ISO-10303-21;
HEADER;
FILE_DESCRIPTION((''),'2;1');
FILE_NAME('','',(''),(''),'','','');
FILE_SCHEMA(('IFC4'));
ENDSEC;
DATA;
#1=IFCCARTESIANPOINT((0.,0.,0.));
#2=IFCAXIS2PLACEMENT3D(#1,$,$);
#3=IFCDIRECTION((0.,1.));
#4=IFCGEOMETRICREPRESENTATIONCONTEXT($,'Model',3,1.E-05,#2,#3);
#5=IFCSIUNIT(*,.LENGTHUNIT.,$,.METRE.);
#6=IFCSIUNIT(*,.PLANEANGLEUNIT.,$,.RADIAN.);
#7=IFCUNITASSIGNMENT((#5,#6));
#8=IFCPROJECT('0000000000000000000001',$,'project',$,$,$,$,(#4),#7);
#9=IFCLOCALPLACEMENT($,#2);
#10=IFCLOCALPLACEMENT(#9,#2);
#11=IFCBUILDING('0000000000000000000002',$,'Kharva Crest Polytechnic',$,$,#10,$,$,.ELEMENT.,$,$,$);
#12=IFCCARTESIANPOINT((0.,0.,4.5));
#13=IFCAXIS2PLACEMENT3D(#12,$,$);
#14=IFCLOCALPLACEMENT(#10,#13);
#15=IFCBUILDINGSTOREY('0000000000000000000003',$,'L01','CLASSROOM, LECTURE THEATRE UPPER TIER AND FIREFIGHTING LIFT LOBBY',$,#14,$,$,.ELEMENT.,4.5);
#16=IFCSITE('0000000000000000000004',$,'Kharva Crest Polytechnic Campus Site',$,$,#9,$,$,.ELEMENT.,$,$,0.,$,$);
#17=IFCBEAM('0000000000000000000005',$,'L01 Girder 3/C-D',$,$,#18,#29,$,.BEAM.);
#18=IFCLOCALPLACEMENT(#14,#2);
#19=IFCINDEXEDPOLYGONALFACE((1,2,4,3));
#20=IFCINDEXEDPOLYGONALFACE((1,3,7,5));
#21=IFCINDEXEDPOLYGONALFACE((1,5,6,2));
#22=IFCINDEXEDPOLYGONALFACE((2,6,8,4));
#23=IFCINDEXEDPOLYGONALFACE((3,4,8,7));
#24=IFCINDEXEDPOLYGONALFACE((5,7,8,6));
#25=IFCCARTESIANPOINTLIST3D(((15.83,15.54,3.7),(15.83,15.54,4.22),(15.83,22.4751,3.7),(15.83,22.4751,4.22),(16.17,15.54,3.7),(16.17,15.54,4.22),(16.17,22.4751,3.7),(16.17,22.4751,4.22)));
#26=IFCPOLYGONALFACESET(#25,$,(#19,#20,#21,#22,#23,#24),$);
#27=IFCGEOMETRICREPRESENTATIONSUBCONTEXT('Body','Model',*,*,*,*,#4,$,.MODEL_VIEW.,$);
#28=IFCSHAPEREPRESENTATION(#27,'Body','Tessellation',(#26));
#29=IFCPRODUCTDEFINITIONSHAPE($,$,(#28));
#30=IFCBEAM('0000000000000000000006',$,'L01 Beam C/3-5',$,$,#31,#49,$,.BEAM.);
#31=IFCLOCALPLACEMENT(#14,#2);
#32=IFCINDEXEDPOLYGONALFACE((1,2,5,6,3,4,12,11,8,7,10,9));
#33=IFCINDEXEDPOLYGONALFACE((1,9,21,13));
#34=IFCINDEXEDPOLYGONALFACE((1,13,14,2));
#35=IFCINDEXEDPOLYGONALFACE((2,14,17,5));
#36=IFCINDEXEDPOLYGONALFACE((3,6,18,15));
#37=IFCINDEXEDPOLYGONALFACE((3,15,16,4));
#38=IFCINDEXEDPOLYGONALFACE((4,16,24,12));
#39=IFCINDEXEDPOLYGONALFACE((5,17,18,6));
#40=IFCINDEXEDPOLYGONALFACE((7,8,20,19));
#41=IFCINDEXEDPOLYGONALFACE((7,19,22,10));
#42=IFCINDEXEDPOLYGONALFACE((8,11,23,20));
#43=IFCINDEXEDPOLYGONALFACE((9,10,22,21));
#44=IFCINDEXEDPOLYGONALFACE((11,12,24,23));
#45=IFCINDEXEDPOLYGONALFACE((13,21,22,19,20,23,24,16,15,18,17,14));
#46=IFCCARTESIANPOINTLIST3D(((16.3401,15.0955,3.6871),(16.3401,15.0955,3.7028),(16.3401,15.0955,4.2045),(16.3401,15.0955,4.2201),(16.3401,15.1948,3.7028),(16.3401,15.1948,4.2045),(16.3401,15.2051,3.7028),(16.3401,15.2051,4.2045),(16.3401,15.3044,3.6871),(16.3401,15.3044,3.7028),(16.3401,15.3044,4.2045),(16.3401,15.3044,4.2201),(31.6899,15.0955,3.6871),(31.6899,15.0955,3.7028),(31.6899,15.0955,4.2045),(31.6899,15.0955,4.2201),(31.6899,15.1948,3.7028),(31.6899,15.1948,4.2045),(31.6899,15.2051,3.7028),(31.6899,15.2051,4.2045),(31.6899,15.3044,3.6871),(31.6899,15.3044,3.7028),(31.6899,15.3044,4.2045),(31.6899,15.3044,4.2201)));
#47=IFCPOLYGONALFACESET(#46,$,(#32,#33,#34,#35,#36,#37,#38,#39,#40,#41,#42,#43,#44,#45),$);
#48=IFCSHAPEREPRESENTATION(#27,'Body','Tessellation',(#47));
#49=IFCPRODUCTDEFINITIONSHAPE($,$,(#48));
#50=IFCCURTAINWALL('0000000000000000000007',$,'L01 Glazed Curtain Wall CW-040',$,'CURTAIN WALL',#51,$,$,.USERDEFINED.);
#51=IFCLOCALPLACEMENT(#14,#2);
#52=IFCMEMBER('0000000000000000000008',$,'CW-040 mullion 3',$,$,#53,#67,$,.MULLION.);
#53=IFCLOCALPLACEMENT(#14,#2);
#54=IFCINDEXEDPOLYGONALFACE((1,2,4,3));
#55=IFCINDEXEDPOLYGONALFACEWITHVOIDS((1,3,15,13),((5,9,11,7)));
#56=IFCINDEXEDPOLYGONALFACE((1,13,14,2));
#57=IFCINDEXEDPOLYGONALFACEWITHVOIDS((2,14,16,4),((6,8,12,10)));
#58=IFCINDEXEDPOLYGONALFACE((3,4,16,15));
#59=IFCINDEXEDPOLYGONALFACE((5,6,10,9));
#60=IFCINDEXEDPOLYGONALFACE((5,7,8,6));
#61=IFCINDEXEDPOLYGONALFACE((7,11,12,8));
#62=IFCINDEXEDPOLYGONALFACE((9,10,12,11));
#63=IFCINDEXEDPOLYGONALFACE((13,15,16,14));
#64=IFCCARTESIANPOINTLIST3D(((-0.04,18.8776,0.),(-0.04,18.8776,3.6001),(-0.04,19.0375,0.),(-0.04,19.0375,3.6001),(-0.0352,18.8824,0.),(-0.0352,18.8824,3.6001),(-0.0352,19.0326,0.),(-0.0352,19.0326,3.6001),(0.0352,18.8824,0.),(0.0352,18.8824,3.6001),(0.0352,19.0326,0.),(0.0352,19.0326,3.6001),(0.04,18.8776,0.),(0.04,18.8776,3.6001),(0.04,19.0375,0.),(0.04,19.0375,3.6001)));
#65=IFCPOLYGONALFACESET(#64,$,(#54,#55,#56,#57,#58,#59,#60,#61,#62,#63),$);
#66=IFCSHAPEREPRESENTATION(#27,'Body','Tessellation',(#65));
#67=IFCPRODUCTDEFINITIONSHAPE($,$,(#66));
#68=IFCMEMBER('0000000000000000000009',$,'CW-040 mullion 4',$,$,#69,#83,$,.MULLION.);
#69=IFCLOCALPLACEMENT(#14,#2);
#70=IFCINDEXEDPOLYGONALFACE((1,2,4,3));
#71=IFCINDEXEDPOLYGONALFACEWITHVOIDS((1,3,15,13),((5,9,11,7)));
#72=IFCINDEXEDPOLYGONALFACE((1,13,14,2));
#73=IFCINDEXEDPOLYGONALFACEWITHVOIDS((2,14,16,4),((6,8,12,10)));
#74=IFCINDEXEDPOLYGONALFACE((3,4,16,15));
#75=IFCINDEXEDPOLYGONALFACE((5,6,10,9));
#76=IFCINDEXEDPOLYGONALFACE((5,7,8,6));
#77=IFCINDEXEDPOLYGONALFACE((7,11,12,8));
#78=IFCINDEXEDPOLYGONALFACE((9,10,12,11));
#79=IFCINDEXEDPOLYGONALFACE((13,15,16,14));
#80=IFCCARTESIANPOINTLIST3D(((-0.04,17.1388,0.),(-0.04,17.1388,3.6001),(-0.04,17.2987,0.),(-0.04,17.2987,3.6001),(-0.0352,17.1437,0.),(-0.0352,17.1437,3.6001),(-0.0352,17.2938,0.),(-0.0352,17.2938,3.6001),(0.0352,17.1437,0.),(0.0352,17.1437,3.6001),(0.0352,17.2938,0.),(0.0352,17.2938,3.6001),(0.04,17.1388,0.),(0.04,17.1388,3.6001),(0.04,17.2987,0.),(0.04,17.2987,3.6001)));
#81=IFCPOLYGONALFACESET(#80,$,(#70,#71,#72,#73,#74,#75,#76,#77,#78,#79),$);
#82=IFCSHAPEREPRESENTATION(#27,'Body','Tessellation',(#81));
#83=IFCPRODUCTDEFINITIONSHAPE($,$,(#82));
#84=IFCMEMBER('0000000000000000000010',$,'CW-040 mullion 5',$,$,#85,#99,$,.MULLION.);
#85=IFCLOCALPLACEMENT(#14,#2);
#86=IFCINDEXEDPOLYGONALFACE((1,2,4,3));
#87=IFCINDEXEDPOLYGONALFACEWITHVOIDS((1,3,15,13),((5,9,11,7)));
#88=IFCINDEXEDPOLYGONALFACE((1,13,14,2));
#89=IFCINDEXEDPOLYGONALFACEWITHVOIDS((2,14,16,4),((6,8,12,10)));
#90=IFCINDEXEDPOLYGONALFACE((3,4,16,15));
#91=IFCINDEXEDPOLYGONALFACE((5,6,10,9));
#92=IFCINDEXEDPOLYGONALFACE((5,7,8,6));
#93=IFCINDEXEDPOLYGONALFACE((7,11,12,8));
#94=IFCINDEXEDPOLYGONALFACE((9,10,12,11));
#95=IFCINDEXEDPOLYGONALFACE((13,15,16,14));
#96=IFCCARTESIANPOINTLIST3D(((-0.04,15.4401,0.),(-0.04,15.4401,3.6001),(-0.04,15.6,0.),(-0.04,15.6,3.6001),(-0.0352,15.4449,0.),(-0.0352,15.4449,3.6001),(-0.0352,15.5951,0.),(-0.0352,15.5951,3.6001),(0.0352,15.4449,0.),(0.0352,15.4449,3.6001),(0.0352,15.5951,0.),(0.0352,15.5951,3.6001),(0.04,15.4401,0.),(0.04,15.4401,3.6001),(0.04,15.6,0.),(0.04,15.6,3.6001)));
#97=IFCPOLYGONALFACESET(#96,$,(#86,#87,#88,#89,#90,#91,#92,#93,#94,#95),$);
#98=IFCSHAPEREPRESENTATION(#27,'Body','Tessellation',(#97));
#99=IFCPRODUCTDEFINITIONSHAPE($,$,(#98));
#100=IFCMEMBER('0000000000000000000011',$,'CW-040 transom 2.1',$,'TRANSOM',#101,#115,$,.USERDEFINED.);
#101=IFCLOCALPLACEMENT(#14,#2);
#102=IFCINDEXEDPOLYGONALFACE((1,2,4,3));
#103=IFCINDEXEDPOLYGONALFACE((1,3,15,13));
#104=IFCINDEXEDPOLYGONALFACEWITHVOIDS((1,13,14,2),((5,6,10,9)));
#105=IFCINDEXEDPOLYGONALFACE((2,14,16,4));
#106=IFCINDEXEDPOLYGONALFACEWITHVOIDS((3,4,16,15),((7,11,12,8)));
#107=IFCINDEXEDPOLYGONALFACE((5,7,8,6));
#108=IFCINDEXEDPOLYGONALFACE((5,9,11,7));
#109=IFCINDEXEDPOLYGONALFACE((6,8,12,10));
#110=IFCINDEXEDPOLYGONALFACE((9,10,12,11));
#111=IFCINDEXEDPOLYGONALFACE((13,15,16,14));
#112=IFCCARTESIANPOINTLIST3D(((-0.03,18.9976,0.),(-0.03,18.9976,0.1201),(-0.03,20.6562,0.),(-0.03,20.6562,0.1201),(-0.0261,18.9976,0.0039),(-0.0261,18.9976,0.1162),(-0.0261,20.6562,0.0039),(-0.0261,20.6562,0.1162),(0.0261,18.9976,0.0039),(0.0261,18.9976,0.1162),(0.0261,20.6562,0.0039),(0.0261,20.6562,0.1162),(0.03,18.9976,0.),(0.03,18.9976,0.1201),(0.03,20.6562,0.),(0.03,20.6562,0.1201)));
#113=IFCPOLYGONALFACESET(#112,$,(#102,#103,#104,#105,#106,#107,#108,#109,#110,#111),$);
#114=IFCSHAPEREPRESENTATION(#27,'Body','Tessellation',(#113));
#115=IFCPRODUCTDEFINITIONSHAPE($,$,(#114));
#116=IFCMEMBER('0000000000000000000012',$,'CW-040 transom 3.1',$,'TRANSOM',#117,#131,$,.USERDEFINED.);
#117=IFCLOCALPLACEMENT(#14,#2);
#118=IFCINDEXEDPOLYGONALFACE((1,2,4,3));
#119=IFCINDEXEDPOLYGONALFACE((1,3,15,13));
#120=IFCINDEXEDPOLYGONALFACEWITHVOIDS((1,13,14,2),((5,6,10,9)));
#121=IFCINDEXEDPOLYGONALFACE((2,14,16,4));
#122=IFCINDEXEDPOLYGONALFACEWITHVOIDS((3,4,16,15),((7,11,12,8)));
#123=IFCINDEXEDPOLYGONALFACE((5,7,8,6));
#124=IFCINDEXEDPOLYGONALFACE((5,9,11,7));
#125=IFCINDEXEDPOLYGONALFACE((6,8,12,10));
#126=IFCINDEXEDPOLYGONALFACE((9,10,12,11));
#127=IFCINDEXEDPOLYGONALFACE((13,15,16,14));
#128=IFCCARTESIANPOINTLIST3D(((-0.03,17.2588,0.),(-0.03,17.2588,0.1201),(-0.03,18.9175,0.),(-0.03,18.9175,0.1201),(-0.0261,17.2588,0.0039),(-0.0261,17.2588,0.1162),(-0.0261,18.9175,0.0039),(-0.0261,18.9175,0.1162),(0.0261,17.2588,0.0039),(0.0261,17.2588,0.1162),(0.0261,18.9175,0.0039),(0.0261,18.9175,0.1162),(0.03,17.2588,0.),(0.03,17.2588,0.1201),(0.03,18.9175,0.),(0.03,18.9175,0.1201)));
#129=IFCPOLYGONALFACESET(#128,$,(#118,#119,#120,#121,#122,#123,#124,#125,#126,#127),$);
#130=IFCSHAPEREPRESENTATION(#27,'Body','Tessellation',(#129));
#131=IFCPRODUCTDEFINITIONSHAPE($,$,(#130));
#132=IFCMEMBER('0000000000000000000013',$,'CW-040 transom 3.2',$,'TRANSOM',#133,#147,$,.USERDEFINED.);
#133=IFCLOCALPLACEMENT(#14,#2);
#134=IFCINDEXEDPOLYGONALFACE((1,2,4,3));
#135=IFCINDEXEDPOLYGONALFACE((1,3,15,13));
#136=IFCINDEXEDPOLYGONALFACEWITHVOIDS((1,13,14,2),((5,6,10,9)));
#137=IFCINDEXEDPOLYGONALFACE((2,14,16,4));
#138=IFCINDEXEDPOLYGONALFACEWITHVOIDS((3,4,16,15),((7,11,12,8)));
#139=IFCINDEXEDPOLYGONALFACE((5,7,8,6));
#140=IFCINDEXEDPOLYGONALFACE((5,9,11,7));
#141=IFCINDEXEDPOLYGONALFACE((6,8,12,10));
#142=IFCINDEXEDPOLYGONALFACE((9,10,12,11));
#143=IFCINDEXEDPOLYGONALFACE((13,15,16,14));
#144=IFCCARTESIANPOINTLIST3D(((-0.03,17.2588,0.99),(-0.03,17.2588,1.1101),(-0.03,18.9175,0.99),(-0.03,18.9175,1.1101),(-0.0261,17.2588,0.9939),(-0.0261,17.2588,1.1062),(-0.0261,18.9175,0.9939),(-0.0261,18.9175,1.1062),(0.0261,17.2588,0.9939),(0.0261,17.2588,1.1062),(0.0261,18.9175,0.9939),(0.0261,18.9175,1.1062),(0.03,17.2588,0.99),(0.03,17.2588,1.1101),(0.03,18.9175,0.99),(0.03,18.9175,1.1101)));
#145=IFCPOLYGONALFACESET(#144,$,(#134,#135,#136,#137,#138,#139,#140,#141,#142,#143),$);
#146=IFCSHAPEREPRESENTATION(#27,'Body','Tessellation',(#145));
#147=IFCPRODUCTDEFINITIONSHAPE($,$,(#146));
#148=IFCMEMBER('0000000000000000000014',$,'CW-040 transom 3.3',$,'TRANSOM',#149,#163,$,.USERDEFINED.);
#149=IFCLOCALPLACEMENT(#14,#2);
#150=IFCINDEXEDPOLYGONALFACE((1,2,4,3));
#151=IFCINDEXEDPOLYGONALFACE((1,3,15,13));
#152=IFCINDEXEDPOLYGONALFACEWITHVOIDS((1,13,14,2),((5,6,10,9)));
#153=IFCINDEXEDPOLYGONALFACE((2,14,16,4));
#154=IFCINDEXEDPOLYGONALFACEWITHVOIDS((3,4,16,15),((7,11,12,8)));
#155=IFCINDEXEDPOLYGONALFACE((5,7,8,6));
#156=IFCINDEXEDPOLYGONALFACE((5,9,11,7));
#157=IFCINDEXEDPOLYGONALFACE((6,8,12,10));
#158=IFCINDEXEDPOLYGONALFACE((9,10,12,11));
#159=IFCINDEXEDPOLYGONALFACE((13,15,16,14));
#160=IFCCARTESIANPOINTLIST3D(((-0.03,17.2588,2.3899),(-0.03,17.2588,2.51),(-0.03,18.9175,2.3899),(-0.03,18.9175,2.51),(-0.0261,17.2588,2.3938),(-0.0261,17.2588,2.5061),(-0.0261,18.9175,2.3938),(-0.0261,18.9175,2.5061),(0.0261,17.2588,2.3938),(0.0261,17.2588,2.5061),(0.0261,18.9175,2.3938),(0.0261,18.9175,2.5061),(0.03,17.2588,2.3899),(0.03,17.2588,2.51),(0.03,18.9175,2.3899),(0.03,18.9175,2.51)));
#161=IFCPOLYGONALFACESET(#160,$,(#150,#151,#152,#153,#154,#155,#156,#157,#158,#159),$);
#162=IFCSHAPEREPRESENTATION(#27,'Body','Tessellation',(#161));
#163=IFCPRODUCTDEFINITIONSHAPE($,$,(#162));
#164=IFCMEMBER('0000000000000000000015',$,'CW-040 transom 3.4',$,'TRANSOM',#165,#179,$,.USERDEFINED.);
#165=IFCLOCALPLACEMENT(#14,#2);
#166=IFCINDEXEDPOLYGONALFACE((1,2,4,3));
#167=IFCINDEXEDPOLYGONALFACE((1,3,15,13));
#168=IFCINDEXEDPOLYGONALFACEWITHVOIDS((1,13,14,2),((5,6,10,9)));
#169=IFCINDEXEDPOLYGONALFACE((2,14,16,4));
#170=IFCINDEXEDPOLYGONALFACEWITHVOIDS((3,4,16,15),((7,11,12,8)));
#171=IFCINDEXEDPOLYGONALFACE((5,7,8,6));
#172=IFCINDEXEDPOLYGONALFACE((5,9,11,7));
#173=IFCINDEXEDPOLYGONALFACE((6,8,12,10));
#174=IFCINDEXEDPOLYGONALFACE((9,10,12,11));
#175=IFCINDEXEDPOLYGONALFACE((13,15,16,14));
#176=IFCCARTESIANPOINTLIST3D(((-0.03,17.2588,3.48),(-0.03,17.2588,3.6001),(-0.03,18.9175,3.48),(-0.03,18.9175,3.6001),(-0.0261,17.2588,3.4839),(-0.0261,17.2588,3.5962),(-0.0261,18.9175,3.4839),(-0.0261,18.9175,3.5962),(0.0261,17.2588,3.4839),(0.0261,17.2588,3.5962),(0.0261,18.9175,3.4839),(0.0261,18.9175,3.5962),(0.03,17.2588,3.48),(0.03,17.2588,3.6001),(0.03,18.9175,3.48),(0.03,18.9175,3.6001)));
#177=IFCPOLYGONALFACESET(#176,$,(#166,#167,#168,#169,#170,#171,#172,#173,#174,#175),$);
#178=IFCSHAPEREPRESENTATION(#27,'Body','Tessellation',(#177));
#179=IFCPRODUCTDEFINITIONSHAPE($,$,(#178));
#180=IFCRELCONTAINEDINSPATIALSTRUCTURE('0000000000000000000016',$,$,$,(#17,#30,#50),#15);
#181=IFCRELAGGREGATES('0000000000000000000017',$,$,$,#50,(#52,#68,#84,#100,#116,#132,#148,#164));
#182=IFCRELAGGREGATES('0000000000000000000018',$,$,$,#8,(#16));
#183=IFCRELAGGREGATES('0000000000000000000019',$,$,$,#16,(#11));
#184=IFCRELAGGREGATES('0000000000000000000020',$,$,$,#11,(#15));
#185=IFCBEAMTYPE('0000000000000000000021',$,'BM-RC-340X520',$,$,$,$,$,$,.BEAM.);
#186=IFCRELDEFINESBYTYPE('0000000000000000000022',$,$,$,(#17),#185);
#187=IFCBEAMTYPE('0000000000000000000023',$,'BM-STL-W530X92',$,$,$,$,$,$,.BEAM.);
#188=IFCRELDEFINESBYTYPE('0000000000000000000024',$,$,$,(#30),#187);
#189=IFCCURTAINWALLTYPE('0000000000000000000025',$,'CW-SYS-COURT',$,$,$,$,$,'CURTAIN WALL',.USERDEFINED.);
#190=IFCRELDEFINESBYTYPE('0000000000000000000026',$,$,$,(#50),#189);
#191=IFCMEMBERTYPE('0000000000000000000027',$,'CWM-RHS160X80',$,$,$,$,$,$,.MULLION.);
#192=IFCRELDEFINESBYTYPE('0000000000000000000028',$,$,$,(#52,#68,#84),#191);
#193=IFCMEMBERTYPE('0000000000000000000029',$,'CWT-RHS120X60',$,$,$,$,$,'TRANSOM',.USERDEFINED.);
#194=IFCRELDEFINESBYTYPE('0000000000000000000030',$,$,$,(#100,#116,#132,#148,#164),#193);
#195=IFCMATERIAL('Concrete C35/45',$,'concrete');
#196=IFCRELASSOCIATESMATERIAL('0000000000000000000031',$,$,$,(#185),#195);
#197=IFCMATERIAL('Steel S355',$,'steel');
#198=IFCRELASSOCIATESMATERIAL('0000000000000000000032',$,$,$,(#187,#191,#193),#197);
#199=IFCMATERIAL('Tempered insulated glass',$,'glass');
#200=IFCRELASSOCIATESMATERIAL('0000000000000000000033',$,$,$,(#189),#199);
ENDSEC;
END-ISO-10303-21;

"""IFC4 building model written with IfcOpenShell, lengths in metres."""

from ifc_helpers import new_model, si_unit, direction, frame, origin, origin_2d, place, context, subcontext, project, spatial, rectangle, hollow_rectangle, i_section, extrude, material, material_profile, profile_set, type_object, element, aggregate, save


model = new_model("IFC4")

# Units and contexts
model_context = context("Model", 3, precision=1e-05, world=origin(), true_north=direction((0.0, 1.0)))
body_context = subcontext(model_context, "Body", "Model", "MODEL_VIEW")
ifc_project = project(units=[si_unit("LENGTHUNIT", "METRE"), si_unit("PLANEANGLEUNIT", "RADIAN")], contexts=[model_context])

# Site, building, storey
site_placement = place(None, origin())
site = spatial("IfcSite", under=ifc_project, at=site_placement, Name="Kharva Crest Polytechnic Campus Site", CompositionType="ELEMENT", RefElevation=0.0)
building_placement = place(site_placement, origin())
building = spatial("IfcBuilding", under=site, at=building_placement, Name="Kharva Crest Polytechnic", CompositionType="ELEMENT")
storey_placement = place(building_placement, frame((0.0, 0.0, 4.5)))
storey = spatial("IfcBuildingStorey", under=building, at=storey_placement, Name="L01", Description="CLASSROOM, LECTURE THEATRE UPPER TIER AND FIREFIGHTING LIFT LOBBY", CompositionType="ELEMENT", Elevation=4.5)

# Beams
ifc_material_1 = material(Name="Concrete C35/45", Category="concrete")
ifc_material_profile_1 = material_profile(ifc_material_1, rectangle(XDim=0.3401, YDim=0.52, at=origin_2d()), Name="RECT 340 X 520")
ifc_profile_set_1 = profile_set([ifc_material_profile_1], Name="Concrete C35/45")
beam_type_1 = type_object("IfcBeamType", Name="BM-RC-340X520", PredefinedType="BEAM", material=ifc_profile_set_1)
beam_1_placement = place(storey_placement, frame((16.0, 15.54, 3.96), z_axis=(0.0, 1.0, 0.0), x_axis=(-1.0, 0.0, 0.0)))
element("IfcBeam", 1, at=beam_1_placement, inside=storey, type_object=beam_type_1, Name="L01 Girder 3/C-D", PredefinedType="BEAM", context=body_context, shape_type="SweptSolid", body=[
    extrude(rectangle(XDim=0.3401, YDim=0.52, at=origin_2d()), origin(), (0.0, 0.0, 1.0), 6.9351),
])
ifc_material_2 = material(Name="Steel S355", Category="steel")
ifc_material_profile_2 = material_profile(ifc_material_2, i_section(OverallWidth=0.209, OverallDepth=0.533, WebThickness=0.0103, FlangeThickness=0.0156, at=origin_2d()), Name="W530X92")
ifc_profile_set_2 = profile_set([ifc_material_profile_2], Name="Steel S355")
beam_type_2 = type_object("IfcBeamType", Name="BM-STL-W530X92", PredefinedType="BEAM", material=ifc_profile_set_2)
beam_2_placement = place(storey_placement, frame((16.3401, 15.2, 3.9536), z_axis=(1.0, 0.0, 0.0), x_axis=(0.0, 1.0, 0.0)))
element("IfcBeam", 2, at=beam_2_placement, inside=storey, type_object=beam_type_2, Name="L01 Beam C/3-5", PredefinedType="BEAM", context=body_context, shape_type="SweptSolid", body=[
    extrude(i_section(OverallWidth=0.209, OverallDepth=0.533, WebThickness=0.0103, FlangeThickness=0.0156, at=origin_2d()), origin(), (0.0, 0.0, 1.0), 15.3499),
])

# Curtain wall, members
ifc_material_3 = material(Name="Tempered insulated glass", Category="glass")
curtain_wall_type = type_object("IfcCurtainWallType", Name="CW-SYS-COURT", ElementType="CURTAIN WALL", PredefinedType="USERDEFINED", material=ifc_material_3)
curtain_wall_placement = place(storey_placement, origin())
curtain_wall = element("IfcCurtainWall", 3, at=curtain_wall_placement, inside=storey, type_object=curtain_wall_type, Name="L01 Glazed Curtain Wall CW-040", ObjectType="CURTAIN WALL", PredefinedType="USERDEFINED")
ifc_material_profile_3 = material_profile(ifc_material_2, hollow_rectangle(XDim=0.0801, YDim=0.1599, WallThickness=0.0049, at=origin_2d()), Name="RHS 160X80X5.0")
ifc_profile_set_3 = profile_set([ifc_material_profile_3], Name="Steel S355")
member_type_1 = type_object("IfcMemberType", Name="CWM-RHS160X80", PredefinedType="MULLION", material=ifc_profile_set_3)
member_1_placement = place(storey_placement, frame((0.0, 18.9575, 0.0), z_axis=(0.0, 0.0, 1.0), x_axis=(1.0, 0.0, 0.0)))
member_1 = element("IfcMember", 4, at=member_1_placement, type_object=member_type_1, Name="CW-040 mullion 3", PredefinedType="MULLION", context=body_context, shape_type="SweptSolid", body=[
    extrude(hollow_rectangle(XDim=0.0801, YDim=0.1599, WallThickness=0.0049, at=origin_2d()), origin(), (0.0, 0.0, 1.0), 3.6001),
])
member_2_placement = place(storey_placement, frame((0.0, 17.2188, 0.0), z_axis=(0.0, 0.0, 1.0), x_axis=(1.0, 0.0, 0.0)))
member_2 = element("IfcMember", 5, at=member_2_placement, type_object=member_type_1, Name="CW-040 mullion 4", PredefinedType="MULLION", context=body_context, shape_type="SweptSolid", body=[
    extrude(hollow_rectangle(XDim=0.0801, YDim=0.1599, WallThickness=0.0049, at=origin_2d()), origin(), (0.0, 0.0, 1.0), 3.6001),
])
member_3_placement = place(storey_placement, frame((0.0, 15.52, 0.0), z_axis=(0.0, 0.0, 1.0), x_axis=(1.0, 0.0, 0.0)))
member_3 = element("IfcMember", 6, at=member_3_placement, type_object=member_type_1, Name="CW-040 mullion 5", PredefinedType="MULLION", context=body_context, shape_type="SweptSolid", body=[
    extrude(hollow_rectangle(XDim=0.0801, YDim=0.1599, WallThickness=0.0049, at=origin_2d()), origin(), (0.0, 0.0, 1.0), 3.6001),
])
ifc_material_profile_4 = material_profile(ifc_material_2, hollow_rectangle(XDim=0.0601, YDim=0.1201, WallThickness=0.0039, at=origin_2d()), Name="RHS 120X60X4.0")
ifc_profile_set_4 = profile_set([ifc_material_profile_4], Name="Steel S355")
member_type_2 = type_object("IfcMemberType", Name="CWT-RHS120X60", ElementType="TRANSOM", PredefinedType="USERDEFINED", material=ifc_profile_set_4)
member_4_placement = place(storey_placement, frame((0.0, 20.6562, 0.0601), z_axis=(0.0, -1.0, 0.0), x_axis=(1.0, 0.0, 0.0)))
member_4 = element("IfcMember", 7, at=member_4_placement, type_object=member_type_2, Name="CW-040 transom 2.1", ObjectType="TRANSOM", PredefinedType="USERDEFINED", context=body_context, shape_type="SweptSolid", body=[
    extrude(hollow_rectangle(XDim=0.0601, YDim=0.1201, WallThickness=0.0039, at=origin_2d()), origin(), (0.0, 0.0, 1.0), 1.6587),
])
member_5_placement = place(storey_placement, frame((0.0, 18.9175, 0.0601), z_axis=(0.0, -1.0, 0.0), x_axis=(1.0, 0.0, 0.0)))
member_5 = element("IfcMember", 8, at=member_5_placement, type_object=member_type_2, Name="CW-040 transom 3.1", ObjectType="TRANSOM", PredefinedType="USERDEFINED", context=body_context, shape_type="SweptSolid", body=[
    extrude(hollow_rectangle(XDim=0.0601, YDim=0.1201, WallThickness=0.0039, at=origin_2d()), origin(), (0.0, 0.0, 1.0), 1.6587),
])
member_6_placement = place(storey_placement, frame((0.0, 18.9175, 1.05), z_axis=(0.0, -1.0, 0.0), x_axis=(1.0, 0.0, 0.0)))
member_6 = element("IfcMember", 9, at=member_6_placement, type_object=member_type_2, Name="CW-040 transom 3.2", ObjectType="TRANSOM", PredefinedType="USERDEFINED", context=body_context, shape_type="SweptSolid", body=[
    extrude(hollow_rectangle(XDim=0.0601, YDim=0.1201, WallThickness=0.0039, at=origin_2d()), origin(), (0.0, 0.0, 1.0), 1.6587),
])
member_7_placement = place(storey_placement, frame((0.0, 18.9175, 2.45), z_axis=(0.0, -1.0, 0.0), x_axis=(1.0, 0.0, 0.0)))
member_7 = element("IfcMember", 10, at=member_7_placement, type_object=member_type_2, Name="CW-040 transom 3.3", ObjectType="TRANSOM", PredefinedType="USERDEFINED", context=body_context, shape_type="SweptSolid", body=[
    extrude(hollow_rectangle(XDim=0.0601, YDim=0.1201, WallThickness=0.0039, at=origin_2d()), origin(), (0.0, 0.0, 1.0), 1.6587),
])
member_8_placement = place(storey_placement, frame((0.0, 18.9175, 3.54), z_axis=(0.0, -1.0, 0.0), x_axis=(1.0, 0.0, 0.0)))
member_8 = element("IfcMember", 11, at=member_8_placement, type_object=member_type_2, Name="CW-040 transom 3.4", ObjectType="TRANSOM", PredefinedType="USERDEFINED", context=body_context, shape_type="SweptSolid", body=[
    extrude(hollow_rectangle(XDim=0.0601, YDim=0.1201, WallThickness=0.0039, at=origin_2d()), origin(), (0.0, 0.0, 1.0), 1.6587),
])

aggregate(curtain_wall, [member_1, member_2, member_3, member_4, member_5, member_6, member_7, member_8])

save(model, "model.ifc")
